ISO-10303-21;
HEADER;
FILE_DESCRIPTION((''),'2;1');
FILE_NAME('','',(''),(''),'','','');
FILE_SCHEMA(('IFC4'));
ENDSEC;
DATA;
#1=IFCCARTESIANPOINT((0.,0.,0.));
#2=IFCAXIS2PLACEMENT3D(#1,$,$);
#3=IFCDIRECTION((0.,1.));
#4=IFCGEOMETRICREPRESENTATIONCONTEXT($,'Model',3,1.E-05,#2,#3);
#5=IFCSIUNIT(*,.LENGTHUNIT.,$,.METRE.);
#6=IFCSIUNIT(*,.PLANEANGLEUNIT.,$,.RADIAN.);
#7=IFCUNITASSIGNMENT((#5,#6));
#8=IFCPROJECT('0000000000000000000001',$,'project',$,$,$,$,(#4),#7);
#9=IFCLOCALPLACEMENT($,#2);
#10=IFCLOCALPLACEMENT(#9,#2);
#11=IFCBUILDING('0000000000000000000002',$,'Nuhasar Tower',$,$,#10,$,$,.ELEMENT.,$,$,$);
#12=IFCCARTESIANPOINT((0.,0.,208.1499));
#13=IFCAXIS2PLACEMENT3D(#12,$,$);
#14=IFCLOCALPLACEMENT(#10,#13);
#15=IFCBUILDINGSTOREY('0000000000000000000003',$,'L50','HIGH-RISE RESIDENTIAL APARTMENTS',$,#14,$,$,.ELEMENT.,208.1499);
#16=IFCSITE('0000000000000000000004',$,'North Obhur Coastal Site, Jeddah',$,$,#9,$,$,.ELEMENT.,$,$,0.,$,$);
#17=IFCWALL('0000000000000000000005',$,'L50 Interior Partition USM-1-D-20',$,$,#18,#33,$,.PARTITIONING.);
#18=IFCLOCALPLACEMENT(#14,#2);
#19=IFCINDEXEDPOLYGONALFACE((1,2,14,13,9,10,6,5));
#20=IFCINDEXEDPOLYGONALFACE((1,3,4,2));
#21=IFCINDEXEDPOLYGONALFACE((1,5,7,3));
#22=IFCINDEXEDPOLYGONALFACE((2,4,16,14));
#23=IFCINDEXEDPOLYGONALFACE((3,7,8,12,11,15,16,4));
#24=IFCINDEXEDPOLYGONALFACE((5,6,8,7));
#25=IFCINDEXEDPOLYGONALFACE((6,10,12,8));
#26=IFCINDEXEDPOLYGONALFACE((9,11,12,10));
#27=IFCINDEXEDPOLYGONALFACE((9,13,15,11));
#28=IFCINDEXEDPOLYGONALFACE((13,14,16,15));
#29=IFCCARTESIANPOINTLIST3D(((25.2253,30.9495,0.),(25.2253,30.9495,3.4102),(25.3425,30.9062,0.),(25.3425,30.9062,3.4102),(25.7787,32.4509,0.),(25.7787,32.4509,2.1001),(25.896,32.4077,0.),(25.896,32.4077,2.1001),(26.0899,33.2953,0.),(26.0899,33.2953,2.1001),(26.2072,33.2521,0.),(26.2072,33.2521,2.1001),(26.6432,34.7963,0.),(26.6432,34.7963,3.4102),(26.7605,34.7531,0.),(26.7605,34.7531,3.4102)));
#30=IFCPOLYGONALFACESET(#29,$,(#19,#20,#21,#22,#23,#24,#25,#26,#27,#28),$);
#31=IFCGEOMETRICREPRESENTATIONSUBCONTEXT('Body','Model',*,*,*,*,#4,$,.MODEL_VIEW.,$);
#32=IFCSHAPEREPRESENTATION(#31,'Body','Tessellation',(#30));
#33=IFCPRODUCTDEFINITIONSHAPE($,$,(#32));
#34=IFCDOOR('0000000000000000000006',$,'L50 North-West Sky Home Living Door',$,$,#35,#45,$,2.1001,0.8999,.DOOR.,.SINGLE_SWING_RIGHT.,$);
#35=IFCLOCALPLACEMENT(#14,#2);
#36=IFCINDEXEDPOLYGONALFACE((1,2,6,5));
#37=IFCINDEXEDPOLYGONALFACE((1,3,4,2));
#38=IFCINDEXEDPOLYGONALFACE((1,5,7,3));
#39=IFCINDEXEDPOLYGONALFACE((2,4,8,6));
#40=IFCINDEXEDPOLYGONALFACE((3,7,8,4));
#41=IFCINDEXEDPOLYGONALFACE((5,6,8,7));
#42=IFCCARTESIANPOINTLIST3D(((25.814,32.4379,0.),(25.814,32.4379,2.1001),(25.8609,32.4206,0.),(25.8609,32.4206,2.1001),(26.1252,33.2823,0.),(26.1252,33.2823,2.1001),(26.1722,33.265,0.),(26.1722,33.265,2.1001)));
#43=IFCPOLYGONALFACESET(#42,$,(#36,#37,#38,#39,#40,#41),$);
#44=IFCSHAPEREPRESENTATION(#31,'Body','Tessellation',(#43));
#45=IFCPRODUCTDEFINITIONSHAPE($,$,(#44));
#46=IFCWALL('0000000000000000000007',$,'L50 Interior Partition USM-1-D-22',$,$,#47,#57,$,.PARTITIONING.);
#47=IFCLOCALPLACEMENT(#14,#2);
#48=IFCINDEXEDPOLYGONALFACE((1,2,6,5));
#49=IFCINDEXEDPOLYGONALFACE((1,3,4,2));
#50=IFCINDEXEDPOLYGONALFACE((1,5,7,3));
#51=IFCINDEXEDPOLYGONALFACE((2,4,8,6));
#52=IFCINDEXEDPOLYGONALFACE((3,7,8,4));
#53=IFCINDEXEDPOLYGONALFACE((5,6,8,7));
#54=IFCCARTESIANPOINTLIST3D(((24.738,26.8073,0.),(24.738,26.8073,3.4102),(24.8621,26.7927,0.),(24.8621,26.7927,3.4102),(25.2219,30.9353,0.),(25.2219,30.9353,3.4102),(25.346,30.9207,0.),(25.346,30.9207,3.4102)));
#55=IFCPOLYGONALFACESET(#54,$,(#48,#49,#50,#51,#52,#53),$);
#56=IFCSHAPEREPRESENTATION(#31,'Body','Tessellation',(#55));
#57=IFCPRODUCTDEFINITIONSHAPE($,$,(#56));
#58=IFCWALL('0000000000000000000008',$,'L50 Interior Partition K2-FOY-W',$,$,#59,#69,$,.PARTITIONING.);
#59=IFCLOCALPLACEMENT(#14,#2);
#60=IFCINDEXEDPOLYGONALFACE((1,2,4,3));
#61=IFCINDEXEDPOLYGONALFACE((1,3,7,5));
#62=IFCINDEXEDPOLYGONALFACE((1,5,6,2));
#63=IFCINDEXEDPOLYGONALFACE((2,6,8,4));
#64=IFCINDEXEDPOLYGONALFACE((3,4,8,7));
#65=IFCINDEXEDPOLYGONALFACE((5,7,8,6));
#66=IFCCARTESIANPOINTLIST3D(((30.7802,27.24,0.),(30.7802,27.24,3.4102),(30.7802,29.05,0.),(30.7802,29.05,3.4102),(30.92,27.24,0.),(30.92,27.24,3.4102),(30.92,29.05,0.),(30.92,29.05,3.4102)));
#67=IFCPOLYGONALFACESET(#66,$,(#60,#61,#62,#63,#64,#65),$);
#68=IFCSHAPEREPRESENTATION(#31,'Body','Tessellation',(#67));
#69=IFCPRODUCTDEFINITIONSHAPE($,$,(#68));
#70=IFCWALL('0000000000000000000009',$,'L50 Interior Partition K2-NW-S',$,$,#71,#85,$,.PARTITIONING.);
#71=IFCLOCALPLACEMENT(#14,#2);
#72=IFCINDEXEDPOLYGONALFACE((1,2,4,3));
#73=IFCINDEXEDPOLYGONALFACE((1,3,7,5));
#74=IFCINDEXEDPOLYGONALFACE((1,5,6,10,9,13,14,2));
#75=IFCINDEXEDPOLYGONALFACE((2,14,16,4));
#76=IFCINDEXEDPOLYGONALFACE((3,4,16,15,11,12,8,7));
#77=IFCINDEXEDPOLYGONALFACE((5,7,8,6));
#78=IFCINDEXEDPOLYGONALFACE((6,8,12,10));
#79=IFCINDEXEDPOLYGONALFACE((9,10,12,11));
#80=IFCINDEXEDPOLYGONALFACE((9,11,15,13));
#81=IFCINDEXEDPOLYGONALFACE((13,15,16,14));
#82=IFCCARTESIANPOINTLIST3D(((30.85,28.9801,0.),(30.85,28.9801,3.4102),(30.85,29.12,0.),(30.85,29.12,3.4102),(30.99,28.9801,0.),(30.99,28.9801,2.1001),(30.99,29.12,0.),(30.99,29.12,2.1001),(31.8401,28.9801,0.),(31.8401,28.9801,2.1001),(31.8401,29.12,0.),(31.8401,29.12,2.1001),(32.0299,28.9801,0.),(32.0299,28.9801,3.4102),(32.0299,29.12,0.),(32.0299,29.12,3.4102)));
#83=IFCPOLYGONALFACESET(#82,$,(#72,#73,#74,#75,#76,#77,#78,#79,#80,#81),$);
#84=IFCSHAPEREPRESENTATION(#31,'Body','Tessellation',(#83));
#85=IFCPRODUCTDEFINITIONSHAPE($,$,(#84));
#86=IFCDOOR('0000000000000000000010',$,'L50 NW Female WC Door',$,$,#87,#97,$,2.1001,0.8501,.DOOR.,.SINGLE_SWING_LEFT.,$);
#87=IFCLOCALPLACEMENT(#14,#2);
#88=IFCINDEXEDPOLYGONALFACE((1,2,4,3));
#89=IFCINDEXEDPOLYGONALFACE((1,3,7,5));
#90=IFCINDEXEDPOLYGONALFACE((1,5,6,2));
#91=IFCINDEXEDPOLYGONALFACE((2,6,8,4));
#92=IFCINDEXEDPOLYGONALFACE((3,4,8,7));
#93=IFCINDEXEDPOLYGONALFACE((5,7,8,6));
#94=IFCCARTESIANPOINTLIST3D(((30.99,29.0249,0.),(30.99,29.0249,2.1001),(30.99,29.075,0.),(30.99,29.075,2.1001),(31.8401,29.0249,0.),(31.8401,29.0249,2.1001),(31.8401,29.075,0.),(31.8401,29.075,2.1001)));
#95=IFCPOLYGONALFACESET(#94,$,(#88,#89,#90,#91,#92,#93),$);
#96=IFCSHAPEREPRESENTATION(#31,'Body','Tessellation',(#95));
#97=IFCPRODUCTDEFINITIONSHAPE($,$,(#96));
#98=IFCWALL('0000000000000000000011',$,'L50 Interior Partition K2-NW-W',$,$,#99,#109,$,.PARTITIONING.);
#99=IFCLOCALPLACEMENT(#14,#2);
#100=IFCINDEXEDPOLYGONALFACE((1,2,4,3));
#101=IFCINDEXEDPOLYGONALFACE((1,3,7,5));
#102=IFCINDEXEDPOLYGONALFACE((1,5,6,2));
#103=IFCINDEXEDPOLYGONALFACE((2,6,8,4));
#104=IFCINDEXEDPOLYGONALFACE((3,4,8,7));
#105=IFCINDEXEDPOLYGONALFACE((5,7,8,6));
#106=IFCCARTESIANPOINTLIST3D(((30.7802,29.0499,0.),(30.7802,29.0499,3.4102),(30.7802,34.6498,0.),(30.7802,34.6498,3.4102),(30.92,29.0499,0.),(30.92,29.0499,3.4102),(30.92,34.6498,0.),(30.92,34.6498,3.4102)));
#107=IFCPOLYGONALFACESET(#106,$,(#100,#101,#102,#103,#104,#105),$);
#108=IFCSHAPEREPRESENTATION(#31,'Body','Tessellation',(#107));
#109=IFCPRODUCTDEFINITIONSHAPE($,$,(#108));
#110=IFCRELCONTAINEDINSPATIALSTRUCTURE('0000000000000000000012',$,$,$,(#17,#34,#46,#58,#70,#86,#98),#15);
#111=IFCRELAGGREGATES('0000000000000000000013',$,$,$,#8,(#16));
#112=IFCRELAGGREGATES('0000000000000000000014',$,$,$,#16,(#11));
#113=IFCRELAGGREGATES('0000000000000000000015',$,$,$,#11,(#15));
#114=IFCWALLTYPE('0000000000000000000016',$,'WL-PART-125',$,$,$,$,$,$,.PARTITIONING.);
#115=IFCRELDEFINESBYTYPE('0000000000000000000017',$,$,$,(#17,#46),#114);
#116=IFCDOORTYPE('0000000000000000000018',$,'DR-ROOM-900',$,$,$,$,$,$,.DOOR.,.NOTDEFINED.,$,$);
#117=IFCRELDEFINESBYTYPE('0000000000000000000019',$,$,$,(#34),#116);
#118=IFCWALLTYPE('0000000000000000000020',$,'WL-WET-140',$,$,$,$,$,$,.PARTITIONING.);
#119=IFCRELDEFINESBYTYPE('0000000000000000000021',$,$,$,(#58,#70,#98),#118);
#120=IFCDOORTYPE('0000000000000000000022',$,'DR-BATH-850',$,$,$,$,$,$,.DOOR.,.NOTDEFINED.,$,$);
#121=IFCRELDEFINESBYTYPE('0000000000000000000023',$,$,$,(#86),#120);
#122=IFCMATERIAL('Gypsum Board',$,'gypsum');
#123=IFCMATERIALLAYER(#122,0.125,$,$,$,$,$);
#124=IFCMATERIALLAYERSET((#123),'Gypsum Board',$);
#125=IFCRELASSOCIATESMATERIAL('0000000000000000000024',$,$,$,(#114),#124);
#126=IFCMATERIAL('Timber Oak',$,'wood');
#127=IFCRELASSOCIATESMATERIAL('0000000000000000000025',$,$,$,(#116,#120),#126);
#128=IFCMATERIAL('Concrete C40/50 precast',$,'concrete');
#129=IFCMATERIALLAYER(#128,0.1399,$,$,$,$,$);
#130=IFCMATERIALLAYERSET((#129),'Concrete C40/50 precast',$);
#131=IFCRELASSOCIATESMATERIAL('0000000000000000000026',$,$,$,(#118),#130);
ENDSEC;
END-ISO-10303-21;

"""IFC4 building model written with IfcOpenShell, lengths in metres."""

from ifc_helpers import new_model, si_unit, direction, frame, frame_2d, origin, place, context, subcontext, project, spatial, rectangle, extrude, material, layer, layer_set, type_object, element, fill, save


model = new_model("IFC4")

# Units and contexts
model_context = context("Model", 3, precision=1e-05, world=origin(), true_north=direction((0.0, 1.0)))
body_context = subcontext(model_context, "Body", "Model", "MODEL_VIEW")
ifc_project = project(units=[si_unit("LENGTHUNIT", "METRE"), si_unit("PLANEANGLEUNIT", "RADIAN")], contexts=[model_context])

# Site, building, storey
site_placement = place(None, origin())
site = spatial("IfcSite", under=ifc_project, at=site_placement, Name="North Obhur Coastal Site, Jeddah", CompositionType="ELEMENT", RefElevation=0.0)
building_placement = place(site_placement, origin())
building = spatial("IfcBuilding", under=site, at=building_placement, Name="Nuhasar Tower", CompositionType="ELEMENT")
storey_placement = place(building_placement, frame((0.0, 0.0, 208.1499)))
storey = spatial("IfcBuildingStorey", under=building, at=storey_placement, Name="L50", Description="HIGH-RISE RESIDENTIAL APARTMENTS", CompositionType="ELEMENT", Elevation=208.1499)

# Shared definitions
ifc_material_1 = material(Name="Gypsum Board", Category="gypsum")

# Shared definitions
ifc_material_2 = material(Name="Timber Oak", Category="wood")

# Shared definitions
ifc_layer_1 = layer(ifc_material_1, 0.125)
ifc_layer_set_1 = layer_set([ifc_layer_1], Name="Gypsum Board")
wall_type_1 = type_object("IfcWallType", Name="WL-PART-125", PredefinedType="PARTITIONING", material=ifc_layer_set_1)

# Wall, opening, door
wall_1_placement = place(storey_placement, frame((25.2839, 30.928, 0.0), z_axis=(0.0, 0.0, 1.0), x_axis=(0.345852, 0.938289, 0.0)))
wall_1 = element("IfcWall", 1, at=wall_1_placement, inside=storey, type_object=wall_type_1, Name="L50 Interior Partition USM-1-D-20", PredefinedType="PARTITIONING", context=body_context, shape_type="SweptSolid", body=[
    extrude(rectangle(XDim=4.0999, YDim=0.125, at=frame_2d((2.0498, 0.0))), origin(), (0.0, 0.0, 1.0), 3.4102),
])
opening_1_placement = place(wall_1_placement, frame((1.6001, 0.0, 0.0)))
opening_1 = element("IfcOpeningElement", 2, at=opening_1_placement, cuts=wall_1, PredefinedType="OPENING", context=body_context, shape_type="SweptSolid", body=[
    extrude(rectangle(XDim=0.8999, YDim=2.1001, at=frame_2d((0.45, 1.05))), frame((0.0, 0.0725, 0.0), z_axis=(0.0, -1.0, 0.0), x_axis=(1.0, 0.0, 0.0)), (0.0, 0.0, 1.0), 0.145),
])
door_type_1 = type_object("IfcDoorType", Name="DR-ROOM-900", OperationType="NOTDEFINED", PredefinedType="DOOR", material=ifc_material_2)
door_1_placement = place(opening_1_placement, origin())
door_1 = element("IfcDoor", 3, at=door_1_placement, inside=storey, type_object=door_type_1, Name="L50 North-West Sky Home Living Door", OperationType="SINGLE_SWING_RIGHT", OverallHeight=2.1001, OverallWidth=0.8999, PredefinedType="DOOR", context=body_context, shape_type="SweptSolid", body=[
    extrude(rectangle(XDim=0.8999, YDim=2.1001, at=frame_2d((0.45, 1.05))), frame((0.0, 0.0249, 0.0), z_axis=(0.0, -1.0, 0.0), x_axis=(1.0, 0.0, 0.0)), (0.0, 0.0, 1.0), 0.05),
])
fill(opening_1, door_1)

# Walls
wall_2_placement = place(storey_placement, frame((25.2839, 30.928, 0.0), z_axis=(0.0, 0.0, 1.0), x_axis=(-0.116425, -0.993199, 0.0)))
element("IfcWall", 4, at=wall_2_placement, inside=storey, type_object=wall_type_1, Name="L50 Interior Partition USM-1-D-22", PredefinedType="PARTITIONING", context=body_context, shape_type="SweptSolid", body=[
    extrude(rectangle(XDim=4.1562, YDim=0.125, at=frame_2d((2.0781, 0.0))), origin(), (0.0, 0.0, 1.0), 3.4102),
])
ifc_material_3 = material(Name="Concrete C40/50 precast", Category="concrete")
ifc_layer_2 = layer(ifc_material_3, 0.1399)
ifc_layer_set_2 = layer_set([ifc_layer_2], Name="Concrete C40/50 precast")
wall_type_2 = type_object("IfcWallType", Name="WL-WET-140", PredefinedType="PARTITIONING", material=ifc_layer_set_2)
wall_3_placement = place(storey_placement, frame((30.8501, 27.24, 0.0), z_axis=(0.0, 0.0, 1.0), x_axis=(0.0, 1.0, 0.0)))
element("IfcWall", 5, at=wall_3_placement, inside=storey, type_object=wall_type_2, Name="L50 Interior Partition K2-FOY-W", PredefinedType="PARTITIONING", context=body_context, shape_type="SweptSolid", body=[
    extrude(rectangle(XDim=1.8101, YDim=0.1399, at=frame_2d((0.905, 0.0))), origin(), (0.0, 0.0, 1.0), 3.4102),
])

# Wall, opening, door
wall_4_placement = place(storey_placement, frame((30.8501, 29.05, 0.0), z_axis=(0.0, 0.0, 1.0), x_axis=(1.0, 0.0, 0.0)))
wall_4 = element("IfcWall", 6, at=wall_4_placement, inside=storey, type_object=wall_type_2, Name="L50 Interior Partition K2-NW-S", PredefinedType="PARTITIONING", context=body_context, shape_type="SweptSolid", body=[
    extrude(rectangle(XDim=1.1799, YDim=0.1399, at=frame_2d((0.5898, 0.0))), origin(), (0.0, 0.0, 1.0), 3.4102),
])
opening_2_placement = place(wall_4_placement, frame((0.1399, 0.0, 0.0)))
opening_2 = element("IfcOpeningElement", 7, at=opening_2_placement, cuts=wall_4, PredefinedType="OPENING", context=body_context, shape_type="SweptSolid", body=[
    extrude(rectangle(XDim=0.8501, YDim=2.1001, at=frame_2d((0.425, 1.05))), frame((0.0, 0.0801, 0.0), z_axis=(0.0, -1.0, 0.0), x_axis=(1.0, 0.0, 0.0)), (0.0, 0.0, 1.0), 0.1599),
])
door_type_2 = type_object("IfcDoorType", Name="DR-BATH-850", OperationType="NOTDEFINED", PredefinedType="DOOR", material=ifc_material_2)
door_2_placement = place(opening_2_placement, origin())
door_2 = element("IfcDoor", 8, at=door_2_placement, inside=storey, type_object=door_type_2, Name="L50 NW Female WC Door", OperationType="SINGLE_SWING_LEFT", OverallHeight=2.1001, OverallWidth=0.8501, PredefinedType="DOOR", context=body_context, shape_type="SweptSolid", body=[
    extrude(rectangle(XDim=0.8501, YDim=2.1001, at=frame_2d((0.425, 1.05))), frame((0.0, 0.0249, 0.0), z_axis=(0.0, -1.0, 0.0), x_axis=(1.0, 0.0, 0.0)), (0.0, 0.0, 1.0), 0.05),
])
fill(opening_2, door_2)

# Wall
wall_5_placement = place(storey_placement, frame((30.8501, 29.05, 0.0), z_axis=(0.0, 0.0, 1.0), x_axis=(0.0, 1.0, 0.0)))
element("IfcWall", 9, at=wall_5_placement, inside=storey, type_object=wall_type_2, Name="L50 Interior Partition K2-NW-W", PredefinedType="PARTITIONING", context=body_context, shape_type="SweptSolid", body=[
    extrude(rectangle(XDim=5.5999, YDim=0.1399, at=frame_2d((2.7998, 0.0))), origin(), (0.0, 0.0, 1.0), 3.4102),
])

save(model, "model.ifc")
